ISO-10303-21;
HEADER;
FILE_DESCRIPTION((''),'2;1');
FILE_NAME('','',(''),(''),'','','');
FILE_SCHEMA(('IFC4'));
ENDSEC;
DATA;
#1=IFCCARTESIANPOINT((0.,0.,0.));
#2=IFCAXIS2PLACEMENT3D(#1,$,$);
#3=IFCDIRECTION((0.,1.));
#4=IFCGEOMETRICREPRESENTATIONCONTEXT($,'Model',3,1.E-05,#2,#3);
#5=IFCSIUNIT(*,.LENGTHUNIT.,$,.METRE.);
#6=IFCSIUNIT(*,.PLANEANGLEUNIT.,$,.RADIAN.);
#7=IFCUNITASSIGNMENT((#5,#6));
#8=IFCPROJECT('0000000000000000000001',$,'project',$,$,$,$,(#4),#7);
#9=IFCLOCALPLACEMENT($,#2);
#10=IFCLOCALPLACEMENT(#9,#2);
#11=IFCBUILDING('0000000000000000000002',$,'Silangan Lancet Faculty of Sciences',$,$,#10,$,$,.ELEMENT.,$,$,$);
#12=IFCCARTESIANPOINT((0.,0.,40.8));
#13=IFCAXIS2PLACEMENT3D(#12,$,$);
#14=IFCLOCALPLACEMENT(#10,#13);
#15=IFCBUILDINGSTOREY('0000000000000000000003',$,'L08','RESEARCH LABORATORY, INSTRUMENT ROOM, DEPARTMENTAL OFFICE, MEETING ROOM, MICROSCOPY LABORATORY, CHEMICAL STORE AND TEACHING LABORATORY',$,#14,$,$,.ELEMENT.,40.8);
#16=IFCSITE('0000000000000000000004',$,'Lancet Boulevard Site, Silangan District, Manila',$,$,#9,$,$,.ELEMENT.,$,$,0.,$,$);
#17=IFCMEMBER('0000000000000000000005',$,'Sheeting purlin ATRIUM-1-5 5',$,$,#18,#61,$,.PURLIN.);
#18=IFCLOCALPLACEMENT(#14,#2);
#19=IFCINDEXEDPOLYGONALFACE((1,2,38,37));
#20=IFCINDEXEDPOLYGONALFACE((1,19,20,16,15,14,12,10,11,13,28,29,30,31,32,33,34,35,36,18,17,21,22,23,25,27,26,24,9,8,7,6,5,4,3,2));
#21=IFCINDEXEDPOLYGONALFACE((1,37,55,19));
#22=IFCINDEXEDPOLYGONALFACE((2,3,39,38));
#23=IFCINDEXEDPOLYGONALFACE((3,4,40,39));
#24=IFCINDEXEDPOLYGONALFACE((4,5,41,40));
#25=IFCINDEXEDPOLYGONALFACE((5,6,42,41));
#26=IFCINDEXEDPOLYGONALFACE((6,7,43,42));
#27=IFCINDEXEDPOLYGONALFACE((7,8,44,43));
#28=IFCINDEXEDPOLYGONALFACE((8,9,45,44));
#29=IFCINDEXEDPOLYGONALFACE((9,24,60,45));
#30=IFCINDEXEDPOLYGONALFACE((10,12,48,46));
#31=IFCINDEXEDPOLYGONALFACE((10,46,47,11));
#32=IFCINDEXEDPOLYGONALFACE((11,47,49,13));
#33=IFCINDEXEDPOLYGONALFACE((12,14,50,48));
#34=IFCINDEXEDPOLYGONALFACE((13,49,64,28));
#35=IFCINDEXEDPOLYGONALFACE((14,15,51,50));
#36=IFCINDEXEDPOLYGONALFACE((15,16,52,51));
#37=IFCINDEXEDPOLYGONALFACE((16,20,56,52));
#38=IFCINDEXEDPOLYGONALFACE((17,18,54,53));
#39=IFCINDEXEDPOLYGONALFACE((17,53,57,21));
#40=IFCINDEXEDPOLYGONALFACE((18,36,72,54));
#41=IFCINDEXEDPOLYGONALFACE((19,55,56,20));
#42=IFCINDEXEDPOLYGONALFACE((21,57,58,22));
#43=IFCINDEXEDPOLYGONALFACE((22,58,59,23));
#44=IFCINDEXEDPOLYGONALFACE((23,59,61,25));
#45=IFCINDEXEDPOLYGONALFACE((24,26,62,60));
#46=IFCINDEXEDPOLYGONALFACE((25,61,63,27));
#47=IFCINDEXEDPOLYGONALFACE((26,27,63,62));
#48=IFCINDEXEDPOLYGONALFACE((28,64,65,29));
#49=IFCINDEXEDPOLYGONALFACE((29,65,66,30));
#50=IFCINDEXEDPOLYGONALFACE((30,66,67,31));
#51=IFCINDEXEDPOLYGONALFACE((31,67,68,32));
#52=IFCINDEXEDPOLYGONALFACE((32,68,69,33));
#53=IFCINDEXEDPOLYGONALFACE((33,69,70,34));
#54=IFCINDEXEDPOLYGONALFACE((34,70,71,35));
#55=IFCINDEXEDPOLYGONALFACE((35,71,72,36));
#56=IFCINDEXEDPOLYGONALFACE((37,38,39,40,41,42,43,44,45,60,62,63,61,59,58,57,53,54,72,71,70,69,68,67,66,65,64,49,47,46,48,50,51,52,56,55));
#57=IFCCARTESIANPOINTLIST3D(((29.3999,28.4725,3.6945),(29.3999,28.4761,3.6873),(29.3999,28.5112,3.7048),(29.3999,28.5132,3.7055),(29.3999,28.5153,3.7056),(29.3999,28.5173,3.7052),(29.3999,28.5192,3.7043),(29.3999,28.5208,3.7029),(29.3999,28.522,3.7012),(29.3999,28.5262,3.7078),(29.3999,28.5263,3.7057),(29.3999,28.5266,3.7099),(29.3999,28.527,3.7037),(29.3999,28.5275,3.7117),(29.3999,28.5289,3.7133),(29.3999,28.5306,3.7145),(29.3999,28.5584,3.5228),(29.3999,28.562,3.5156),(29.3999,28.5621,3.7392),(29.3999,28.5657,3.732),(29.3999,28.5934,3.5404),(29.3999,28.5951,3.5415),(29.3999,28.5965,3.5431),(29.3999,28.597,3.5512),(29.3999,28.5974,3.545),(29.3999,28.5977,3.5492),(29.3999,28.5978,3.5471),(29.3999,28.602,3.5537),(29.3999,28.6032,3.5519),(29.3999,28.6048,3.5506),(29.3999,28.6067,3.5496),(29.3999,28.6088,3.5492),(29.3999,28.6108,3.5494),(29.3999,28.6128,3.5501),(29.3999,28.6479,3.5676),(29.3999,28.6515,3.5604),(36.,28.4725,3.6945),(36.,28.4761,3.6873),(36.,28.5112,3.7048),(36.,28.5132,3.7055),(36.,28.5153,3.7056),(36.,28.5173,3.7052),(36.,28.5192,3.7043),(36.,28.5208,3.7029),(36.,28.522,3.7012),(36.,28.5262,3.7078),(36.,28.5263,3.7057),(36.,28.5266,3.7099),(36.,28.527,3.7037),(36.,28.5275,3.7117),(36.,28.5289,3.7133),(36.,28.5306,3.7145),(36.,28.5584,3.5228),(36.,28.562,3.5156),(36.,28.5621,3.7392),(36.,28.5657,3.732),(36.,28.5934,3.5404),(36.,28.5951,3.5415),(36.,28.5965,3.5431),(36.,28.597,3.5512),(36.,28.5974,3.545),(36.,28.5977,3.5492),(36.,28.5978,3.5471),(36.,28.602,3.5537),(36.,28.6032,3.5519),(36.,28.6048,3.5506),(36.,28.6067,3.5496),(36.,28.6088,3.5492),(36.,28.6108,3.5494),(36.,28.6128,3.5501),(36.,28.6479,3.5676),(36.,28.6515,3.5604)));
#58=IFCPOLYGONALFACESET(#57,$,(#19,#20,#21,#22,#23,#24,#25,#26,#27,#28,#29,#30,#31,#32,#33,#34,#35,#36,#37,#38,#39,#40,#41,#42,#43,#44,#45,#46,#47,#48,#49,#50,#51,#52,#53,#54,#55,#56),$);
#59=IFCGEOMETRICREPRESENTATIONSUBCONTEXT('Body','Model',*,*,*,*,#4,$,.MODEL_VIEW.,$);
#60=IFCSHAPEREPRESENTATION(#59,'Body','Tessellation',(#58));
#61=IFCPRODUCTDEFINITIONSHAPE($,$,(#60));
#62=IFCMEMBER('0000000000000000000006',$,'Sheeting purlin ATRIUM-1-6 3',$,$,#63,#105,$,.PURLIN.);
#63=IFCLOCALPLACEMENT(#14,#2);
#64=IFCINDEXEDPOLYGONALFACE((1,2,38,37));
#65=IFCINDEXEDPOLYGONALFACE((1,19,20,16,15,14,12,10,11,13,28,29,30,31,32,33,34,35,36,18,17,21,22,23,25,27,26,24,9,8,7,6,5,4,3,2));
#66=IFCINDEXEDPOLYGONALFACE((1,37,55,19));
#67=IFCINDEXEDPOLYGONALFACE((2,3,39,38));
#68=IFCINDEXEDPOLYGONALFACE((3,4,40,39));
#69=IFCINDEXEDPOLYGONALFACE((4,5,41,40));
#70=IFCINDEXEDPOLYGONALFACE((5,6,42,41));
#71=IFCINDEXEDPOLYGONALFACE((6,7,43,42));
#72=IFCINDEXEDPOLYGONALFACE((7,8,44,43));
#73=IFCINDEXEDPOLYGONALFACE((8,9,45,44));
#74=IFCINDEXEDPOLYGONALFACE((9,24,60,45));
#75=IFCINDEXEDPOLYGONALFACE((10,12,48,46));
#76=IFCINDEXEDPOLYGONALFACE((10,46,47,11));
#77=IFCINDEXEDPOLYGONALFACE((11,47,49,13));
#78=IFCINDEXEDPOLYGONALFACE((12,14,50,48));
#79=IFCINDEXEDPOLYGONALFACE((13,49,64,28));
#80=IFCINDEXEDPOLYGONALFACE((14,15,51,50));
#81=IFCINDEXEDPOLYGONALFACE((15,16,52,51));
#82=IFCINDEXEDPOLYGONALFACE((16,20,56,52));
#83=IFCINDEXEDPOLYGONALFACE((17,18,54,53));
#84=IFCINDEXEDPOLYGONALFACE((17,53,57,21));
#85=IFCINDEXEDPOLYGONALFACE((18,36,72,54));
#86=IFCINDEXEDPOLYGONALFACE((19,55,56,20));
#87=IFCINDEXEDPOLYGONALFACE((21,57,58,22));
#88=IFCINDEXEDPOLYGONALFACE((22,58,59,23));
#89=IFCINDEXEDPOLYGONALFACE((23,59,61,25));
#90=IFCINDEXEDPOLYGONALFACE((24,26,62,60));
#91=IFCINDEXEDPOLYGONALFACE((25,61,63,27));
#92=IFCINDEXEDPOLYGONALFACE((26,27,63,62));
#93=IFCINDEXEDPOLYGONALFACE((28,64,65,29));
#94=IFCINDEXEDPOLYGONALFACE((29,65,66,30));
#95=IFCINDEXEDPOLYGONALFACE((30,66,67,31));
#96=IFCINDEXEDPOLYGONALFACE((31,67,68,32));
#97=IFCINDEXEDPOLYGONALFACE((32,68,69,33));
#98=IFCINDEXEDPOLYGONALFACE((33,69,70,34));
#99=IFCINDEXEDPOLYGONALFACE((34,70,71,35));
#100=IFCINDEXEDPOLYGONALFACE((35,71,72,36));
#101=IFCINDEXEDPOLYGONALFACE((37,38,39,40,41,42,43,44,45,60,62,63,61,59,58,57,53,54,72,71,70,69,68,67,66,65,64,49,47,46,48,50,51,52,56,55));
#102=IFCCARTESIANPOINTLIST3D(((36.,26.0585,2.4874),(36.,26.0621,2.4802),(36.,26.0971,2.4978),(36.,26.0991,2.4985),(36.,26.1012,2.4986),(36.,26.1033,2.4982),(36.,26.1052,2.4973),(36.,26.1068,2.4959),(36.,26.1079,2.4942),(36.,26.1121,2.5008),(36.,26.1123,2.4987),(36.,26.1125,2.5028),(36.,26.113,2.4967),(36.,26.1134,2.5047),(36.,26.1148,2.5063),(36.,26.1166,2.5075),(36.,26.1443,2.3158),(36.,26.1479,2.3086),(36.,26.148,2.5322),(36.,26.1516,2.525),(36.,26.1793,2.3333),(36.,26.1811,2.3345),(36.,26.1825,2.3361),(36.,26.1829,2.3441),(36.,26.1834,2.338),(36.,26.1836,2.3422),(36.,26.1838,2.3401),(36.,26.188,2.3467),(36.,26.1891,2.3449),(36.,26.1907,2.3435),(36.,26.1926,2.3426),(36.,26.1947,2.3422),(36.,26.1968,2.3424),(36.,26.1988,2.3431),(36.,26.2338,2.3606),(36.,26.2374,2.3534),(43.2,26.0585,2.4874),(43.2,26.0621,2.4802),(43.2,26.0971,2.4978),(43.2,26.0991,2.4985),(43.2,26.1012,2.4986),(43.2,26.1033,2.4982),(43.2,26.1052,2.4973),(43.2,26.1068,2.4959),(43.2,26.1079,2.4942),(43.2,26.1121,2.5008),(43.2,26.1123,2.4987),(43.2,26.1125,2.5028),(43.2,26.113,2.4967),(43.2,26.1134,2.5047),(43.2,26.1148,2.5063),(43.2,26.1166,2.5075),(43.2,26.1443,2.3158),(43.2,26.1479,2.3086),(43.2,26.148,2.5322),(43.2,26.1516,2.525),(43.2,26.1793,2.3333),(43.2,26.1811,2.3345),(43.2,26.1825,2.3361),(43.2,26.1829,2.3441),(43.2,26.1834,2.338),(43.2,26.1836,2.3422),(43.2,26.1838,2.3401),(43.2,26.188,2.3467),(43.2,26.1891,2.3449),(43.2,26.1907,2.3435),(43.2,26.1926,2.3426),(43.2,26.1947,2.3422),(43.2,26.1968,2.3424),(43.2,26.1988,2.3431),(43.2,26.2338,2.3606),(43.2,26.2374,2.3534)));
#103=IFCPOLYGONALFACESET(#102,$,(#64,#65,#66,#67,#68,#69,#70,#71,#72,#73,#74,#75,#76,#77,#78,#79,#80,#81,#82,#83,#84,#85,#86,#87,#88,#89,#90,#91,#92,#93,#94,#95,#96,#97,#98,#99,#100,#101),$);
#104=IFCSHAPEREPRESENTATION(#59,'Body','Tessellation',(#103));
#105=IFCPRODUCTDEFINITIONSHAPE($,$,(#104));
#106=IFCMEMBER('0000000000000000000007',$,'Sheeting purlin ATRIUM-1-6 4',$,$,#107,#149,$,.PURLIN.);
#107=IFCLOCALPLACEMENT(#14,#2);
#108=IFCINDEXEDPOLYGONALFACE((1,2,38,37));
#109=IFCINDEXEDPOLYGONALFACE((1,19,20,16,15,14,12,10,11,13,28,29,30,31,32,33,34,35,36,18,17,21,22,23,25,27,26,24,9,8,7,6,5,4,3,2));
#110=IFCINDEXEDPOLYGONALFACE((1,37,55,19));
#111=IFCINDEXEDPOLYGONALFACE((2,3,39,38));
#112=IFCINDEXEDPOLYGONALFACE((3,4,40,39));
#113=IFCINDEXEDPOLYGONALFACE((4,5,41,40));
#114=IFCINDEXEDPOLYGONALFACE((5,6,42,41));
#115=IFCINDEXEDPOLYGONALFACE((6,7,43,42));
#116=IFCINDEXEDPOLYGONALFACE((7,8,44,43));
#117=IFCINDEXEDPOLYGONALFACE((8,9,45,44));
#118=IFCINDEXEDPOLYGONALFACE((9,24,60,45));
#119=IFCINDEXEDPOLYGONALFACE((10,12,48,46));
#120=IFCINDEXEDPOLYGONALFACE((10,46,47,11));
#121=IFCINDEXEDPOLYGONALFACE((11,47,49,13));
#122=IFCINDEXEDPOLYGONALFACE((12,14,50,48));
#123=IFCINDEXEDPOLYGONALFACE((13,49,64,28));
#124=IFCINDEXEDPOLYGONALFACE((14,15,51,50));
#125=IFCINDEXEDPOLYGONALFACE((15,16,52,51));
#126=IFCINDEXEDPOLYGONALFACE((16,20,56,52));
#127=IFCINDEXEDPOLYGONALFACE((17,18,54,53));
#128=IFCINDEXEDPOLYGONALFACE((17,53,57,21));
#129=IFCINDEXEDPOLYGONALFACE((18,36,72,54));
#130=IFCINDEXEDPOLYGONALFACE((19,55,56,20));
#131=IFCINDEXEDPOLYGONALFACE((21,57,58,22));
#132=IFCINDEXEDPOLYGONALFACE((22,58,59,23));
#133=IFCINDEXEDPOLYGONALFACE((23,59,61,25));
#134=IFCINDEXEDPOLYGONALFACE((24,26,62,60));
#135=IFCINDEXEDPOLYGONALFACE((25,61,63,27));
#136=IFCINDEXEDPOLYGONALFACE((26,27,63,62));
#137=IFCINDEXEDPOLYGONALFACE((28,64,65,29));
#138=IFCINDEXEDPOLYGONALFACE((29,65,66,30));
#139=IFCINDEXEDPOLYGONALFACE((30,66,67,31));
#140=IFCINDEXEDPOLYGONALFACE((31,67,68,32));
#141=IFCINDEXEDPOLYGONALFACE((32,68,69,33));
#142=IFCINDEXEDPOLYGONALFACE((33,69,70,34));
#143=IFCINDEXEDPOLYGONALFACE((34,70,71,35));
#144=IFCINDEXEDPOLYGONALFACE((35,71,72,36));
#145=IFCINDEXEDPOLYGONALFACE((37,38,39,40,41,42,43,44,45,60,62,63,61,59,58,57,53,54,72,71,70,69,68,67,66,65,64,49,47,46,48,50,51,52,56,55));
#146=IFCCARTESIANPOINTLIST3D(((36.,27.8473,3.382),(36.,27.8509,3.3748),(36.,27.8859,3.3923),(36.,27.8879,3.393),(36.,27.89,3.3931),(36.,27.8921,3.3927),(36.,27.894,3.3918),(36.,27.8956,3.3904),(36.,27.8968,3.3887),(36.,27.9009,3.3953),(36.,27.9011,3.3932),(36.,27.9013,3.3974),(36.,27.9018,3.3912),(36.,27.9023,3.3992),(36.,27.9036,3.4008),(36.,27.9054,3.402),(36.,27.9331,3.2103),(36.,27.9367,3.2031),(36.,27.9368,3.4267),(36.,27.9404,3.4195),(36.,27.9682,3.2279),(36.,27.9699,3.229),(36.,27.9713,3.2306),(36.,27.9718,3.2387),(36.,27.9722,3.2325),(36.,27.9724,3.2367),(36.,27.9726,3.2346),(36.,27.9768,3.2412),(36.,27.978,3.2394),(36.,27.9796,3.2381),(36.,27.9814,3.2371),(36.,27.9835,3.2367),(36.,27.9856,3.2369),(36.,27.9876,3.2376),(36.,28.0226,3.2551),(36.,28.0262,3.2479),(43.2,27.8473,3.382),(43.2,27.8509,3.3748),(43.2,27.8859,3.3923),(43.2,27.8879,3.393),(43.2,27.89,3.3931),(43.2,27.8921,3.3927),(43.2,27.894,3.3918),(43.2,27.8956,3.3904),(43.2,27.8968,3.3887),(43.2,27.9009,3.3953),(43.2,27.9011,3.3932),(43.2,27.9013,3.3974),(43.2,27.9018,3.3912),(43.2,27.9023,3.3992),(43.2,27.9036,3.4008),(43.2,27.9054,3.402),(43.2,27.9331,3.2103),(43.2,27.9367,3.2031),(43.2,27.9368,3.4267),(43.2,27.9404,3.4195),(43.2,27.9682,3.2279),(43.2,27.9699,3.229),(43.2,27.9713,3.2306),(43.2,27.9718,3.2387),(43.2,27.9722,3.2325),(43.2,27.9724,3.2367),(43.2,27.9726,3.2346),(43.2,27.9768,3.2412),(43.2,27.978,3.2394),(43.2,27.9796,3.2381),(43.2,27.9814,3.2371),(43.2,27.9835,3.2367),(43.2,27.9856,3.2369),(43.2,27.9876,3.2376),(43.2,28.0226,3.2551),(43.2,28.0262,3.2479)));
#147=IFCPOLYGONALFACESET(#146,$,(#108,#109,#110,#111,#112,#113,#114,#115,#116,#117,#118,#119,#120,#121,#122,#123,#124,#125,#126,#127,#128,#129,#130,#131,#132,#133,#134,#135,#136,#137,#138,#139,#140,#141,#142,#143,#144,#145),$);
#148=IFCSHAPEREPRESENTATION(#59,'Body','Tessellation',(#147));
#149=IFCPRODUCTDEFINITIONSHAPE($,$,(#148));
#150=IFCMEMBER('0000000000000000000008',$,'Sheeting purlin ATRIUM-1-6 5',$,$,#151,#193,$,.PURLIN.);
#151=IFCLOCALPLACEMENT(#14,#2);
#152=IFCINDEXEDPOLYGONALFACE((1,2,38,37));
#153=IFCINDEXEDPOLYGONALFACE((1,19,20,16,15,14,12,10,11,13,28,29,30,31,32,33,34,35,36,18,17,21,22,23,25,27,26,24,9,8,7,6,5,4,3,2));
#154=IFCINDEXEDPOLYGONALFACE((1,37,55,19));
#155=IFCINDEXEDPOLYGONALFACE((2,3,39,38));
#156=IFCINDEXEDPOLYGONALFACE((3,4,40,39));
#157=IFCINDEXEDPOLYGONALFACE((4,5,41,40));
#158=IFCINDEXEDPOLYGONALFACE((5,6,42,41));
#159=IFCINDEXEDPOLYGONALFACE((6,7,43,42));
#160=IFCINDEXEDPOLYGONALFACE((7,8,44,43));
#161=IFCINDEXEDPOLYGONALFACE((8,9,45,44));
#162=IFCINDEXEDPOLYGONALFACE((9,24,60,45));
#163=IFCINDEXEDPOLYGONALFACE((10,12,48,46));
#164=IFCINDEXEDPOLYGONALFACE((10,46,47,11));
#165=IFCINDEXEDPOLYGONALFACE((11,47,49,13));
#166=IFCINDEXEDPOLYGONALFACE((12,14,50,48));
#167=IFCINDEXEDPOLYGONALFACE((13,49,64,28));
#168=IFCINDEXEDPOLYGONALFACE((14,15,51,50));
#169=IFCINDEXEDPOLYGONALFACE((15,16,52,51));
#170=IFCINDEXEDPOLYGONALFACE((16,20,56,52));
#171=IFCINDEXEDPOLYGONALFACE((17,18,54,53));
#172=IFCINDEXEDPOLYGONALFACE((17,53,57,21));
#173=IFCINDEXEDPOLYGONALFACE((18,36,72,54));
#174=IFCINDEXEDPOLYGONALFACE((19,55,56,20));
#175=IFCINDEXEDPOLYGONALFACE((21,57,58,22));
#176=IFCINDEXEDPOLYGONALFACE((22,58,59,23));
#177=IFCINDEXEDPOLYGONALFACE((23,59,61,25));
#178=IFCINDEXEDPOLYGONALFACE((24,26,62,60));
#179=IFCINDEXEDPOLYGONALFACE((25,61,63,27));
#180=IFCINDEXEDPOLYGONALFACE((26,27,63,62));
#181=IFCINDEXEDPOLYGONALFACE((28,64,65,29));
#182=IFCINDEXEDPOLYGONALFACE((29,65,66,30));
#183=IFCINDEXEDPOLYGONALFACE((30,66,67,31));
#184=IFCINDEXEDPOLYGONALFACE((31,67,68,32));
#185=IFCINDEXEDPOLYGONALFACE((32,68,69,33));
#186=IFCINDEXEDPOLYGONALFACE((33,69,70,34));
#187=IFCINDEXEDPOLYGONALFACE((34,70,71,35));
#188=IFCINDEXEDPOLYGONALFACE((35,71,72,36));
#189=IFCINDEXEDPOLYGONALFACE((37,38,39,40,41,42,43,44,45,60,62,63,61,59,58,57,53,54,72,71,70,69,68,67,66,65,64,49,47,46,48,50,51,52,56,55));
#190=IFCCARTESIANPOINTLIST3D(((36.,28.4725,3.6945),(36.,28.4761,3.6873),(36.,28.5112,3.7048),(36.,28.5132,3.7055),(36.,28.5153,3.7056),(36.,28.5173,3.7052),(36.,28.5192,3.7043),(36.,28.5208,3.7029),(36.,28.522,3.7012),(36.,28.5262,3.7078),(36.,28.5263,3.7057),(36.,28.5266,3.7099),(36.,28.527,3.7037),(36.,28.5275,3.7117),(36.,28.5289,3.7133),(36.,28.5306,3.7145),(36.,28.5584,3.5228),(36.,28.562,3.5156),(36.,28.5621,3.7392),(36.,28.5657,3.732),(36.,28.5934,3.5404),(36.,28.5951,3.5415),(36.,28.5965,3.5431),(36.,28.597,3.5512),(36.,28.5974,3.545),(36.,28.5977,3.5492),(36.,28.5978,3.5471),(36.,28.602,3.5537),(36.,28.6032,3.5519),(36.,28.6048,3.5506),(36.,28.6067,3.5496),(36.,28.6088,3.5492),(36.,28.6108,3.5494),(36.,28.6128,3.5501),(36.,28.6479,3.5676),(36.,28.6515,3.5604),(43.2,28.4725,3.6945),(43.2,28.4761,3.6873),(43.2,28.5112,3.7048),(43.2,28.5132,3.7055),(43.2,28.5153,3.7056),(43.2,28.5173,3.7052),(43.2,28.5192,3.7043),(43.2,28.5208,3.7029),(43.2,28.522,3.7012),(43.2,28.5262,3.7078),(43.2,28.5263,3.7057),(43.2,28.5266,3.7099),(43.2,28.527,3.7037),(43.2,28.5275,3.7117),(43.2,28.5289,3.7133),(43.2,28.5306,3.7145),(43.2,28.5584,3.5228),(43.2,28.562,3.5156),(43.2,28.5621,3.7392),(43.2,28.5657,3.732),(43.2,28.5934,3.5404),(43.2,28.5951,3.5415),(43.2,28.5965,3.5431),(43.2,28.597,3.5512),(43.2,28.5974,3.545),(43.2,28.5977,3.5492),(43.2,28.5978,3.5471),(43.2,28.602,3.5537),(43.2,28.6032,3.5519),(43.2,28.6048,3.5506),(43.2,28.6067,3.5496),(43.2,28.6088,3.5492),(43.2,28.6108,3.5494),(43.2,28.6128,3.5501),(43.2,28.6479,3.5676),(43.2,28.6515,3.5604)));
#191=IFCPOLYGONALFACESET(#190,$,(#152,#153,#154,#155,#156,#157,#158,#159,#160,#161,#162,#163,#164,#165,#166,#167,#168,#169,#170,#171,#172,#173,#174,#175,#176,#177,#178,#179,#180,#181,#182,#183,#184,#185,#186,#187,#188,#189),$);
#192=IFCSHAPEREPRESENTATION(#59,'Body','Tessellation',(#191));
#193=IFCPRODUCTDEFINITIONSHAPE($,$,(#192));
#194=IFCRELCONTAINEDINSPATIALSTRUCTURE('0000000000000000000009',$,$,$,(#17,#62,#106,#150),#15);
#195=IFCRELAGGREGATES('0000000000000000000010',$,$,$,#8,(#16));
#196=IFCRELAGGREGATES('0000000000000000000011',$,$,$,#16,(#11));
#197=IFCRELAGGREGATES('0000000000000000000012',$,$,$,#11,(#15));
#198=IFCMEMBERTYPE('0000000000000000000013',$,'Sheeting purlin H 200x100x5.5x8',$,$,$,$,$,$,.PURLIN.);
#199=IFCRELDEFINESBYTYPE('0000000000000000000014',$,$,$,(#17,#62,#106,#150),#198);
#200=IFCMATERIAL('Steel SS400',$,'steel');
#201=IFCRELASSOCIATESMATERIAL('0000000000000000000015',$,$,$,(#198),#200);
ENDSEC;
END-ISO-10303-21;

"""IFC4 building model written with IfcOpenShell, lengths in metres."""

from ifc_helpers import new_model, si_unit, direction, frame, origin, origin_2d, place, context, subcontext, project, spatial, i_section, extrude, material, material_profile, profile_set, type_object, element, save


model = new_model("IFC4")

# Units and contexts
model_context = context("Model", 3, precision=1e-05, world=origin(), true_north=direction((0.0, 1.0)))
body_context = subcontext(model_context, "Body", "Model", "MODEL_VIEW")
ifc_project = project(units=[si_unit("LENGTHUNIT", "METRE"), si_unit("PLANEANGLEUNIT", "RADIAN")], contexts=[model_context])

# Site, building, storey
site_placement = place(None, origin())
site = spatial("IfcSite", under=ifc_project, at=site_placement, Name="Lancet Boulevard Site, Silangan District, Manila", CompositionType="ELEMENT", RefElevation=0.0)
building_placement = place(site_placement, origin())
building = spatial("IfcBuilding", under=site, at=building_placement, Name="Silangan Lancet Faculty of Sciences", CompositionType="ELEMENT")
storey_placement = place(building_placement, frame((0.0, 0.0, 40.8)))
storey = spatial("IfcBuildingStorey", under=building, at=storey_placement, Name="L08", Description="RESEARCH LABORATORY, INSTRUMENT ROOM, DEPARTMENTAL OFFICE, MEETING ROOM, MICROSCOPY LABORATORY, CHEMICAL STORE AND TEACHING LABORATORY", CompositionType="ELEMENT", Elevation=40.8)

# Members
ifc_material_1 = material(Name="Steel SS400", Category="steel")
ifc_material_profile_1 = material_profile(ifc_material_1, i_section(OverallWidth=0.1001, OverallDepth=0.2, WebThickness=0.0056, FlangeThickness=0.0081, FilletRadius=0.0081, at=origin_2d()), Name="H 200x100x5.5x8")
ifc_profile_set_1 = profile_set([ifc_material_profile_1], Name="Steel SS400")
member_type_1 = type_object("IfcMemberType", Name="Sheeting purlin H 200x100x5.5x8", PredefinedType="PURLIN", material=ifc_profile_set_1)
for number, where, z_axis, x_axis, name in (
    (1, (29.3999, 28.562, 3.6274), (1.0, 0.0, 0.0), (0.0, 0.894427, 0.447214), "Sheeting purlin ATRIUM-1-5 5"),
):
    element("IfcMember", number, at=place(storey_placement, frame(where, z_axis=z_axis, x_axis=x_axis)), inside=storey, type_object=member_type_1, Name=name, PredefinedType="PURLIN", context=body_context, shape_type="SweptSolid", body=[
        extrude(i_section(OverallWidth=0.1001, OverallDepth=0.2, WebThickness=0.0056, FlangeThickness=0.0081, FilletRadius=0.0081, at=origin_2d()), origin(), (0.0, 0.0, 1.0), 6.6001),
    ])
for number, where, z_axis, x_axis, name in (
    (2, (36.0, 26.1479, 2.4204), (1.0, 0.0, 0.0), (0.0, 0.894427, 0.447214), "Sheeting purlin ATRIUM-1-6 3"),
    (3, (36.0, 27.9368, 3.3149), (1.0, 0.0, 0.0), (0.0, 0.894427, 0.447214), "Sheeting purlin ATRIUM-1-6 4"),
    (4, (36.0, 28.562, 3.6274), (1.0, 0.0, 0.0), (0.0, 0.894427, 0.447214), "Sheeting purlin ATRIUM-1-6 5"),
):
    element("IfcMember", number, at=place(storey_placement, frame(where, z_axis=z_axis, x_axis=x_axis)), inside=storey, type_object=member_type_1, Name=name, PredefinedType="PURLIN", context=body_context, shape_type="SweptSolid", body=[
        extrude(i_section(OverallWidth=0.1001, OverallDepth=0.2, WebThickness=0.0056, FlangeThickness=0.0081, FilletRadius=0.0081, at=origin_2d()), origin(), (0.0, 0.0, 1.0), 7.2),
    ])

save(model, "model.ifc")
